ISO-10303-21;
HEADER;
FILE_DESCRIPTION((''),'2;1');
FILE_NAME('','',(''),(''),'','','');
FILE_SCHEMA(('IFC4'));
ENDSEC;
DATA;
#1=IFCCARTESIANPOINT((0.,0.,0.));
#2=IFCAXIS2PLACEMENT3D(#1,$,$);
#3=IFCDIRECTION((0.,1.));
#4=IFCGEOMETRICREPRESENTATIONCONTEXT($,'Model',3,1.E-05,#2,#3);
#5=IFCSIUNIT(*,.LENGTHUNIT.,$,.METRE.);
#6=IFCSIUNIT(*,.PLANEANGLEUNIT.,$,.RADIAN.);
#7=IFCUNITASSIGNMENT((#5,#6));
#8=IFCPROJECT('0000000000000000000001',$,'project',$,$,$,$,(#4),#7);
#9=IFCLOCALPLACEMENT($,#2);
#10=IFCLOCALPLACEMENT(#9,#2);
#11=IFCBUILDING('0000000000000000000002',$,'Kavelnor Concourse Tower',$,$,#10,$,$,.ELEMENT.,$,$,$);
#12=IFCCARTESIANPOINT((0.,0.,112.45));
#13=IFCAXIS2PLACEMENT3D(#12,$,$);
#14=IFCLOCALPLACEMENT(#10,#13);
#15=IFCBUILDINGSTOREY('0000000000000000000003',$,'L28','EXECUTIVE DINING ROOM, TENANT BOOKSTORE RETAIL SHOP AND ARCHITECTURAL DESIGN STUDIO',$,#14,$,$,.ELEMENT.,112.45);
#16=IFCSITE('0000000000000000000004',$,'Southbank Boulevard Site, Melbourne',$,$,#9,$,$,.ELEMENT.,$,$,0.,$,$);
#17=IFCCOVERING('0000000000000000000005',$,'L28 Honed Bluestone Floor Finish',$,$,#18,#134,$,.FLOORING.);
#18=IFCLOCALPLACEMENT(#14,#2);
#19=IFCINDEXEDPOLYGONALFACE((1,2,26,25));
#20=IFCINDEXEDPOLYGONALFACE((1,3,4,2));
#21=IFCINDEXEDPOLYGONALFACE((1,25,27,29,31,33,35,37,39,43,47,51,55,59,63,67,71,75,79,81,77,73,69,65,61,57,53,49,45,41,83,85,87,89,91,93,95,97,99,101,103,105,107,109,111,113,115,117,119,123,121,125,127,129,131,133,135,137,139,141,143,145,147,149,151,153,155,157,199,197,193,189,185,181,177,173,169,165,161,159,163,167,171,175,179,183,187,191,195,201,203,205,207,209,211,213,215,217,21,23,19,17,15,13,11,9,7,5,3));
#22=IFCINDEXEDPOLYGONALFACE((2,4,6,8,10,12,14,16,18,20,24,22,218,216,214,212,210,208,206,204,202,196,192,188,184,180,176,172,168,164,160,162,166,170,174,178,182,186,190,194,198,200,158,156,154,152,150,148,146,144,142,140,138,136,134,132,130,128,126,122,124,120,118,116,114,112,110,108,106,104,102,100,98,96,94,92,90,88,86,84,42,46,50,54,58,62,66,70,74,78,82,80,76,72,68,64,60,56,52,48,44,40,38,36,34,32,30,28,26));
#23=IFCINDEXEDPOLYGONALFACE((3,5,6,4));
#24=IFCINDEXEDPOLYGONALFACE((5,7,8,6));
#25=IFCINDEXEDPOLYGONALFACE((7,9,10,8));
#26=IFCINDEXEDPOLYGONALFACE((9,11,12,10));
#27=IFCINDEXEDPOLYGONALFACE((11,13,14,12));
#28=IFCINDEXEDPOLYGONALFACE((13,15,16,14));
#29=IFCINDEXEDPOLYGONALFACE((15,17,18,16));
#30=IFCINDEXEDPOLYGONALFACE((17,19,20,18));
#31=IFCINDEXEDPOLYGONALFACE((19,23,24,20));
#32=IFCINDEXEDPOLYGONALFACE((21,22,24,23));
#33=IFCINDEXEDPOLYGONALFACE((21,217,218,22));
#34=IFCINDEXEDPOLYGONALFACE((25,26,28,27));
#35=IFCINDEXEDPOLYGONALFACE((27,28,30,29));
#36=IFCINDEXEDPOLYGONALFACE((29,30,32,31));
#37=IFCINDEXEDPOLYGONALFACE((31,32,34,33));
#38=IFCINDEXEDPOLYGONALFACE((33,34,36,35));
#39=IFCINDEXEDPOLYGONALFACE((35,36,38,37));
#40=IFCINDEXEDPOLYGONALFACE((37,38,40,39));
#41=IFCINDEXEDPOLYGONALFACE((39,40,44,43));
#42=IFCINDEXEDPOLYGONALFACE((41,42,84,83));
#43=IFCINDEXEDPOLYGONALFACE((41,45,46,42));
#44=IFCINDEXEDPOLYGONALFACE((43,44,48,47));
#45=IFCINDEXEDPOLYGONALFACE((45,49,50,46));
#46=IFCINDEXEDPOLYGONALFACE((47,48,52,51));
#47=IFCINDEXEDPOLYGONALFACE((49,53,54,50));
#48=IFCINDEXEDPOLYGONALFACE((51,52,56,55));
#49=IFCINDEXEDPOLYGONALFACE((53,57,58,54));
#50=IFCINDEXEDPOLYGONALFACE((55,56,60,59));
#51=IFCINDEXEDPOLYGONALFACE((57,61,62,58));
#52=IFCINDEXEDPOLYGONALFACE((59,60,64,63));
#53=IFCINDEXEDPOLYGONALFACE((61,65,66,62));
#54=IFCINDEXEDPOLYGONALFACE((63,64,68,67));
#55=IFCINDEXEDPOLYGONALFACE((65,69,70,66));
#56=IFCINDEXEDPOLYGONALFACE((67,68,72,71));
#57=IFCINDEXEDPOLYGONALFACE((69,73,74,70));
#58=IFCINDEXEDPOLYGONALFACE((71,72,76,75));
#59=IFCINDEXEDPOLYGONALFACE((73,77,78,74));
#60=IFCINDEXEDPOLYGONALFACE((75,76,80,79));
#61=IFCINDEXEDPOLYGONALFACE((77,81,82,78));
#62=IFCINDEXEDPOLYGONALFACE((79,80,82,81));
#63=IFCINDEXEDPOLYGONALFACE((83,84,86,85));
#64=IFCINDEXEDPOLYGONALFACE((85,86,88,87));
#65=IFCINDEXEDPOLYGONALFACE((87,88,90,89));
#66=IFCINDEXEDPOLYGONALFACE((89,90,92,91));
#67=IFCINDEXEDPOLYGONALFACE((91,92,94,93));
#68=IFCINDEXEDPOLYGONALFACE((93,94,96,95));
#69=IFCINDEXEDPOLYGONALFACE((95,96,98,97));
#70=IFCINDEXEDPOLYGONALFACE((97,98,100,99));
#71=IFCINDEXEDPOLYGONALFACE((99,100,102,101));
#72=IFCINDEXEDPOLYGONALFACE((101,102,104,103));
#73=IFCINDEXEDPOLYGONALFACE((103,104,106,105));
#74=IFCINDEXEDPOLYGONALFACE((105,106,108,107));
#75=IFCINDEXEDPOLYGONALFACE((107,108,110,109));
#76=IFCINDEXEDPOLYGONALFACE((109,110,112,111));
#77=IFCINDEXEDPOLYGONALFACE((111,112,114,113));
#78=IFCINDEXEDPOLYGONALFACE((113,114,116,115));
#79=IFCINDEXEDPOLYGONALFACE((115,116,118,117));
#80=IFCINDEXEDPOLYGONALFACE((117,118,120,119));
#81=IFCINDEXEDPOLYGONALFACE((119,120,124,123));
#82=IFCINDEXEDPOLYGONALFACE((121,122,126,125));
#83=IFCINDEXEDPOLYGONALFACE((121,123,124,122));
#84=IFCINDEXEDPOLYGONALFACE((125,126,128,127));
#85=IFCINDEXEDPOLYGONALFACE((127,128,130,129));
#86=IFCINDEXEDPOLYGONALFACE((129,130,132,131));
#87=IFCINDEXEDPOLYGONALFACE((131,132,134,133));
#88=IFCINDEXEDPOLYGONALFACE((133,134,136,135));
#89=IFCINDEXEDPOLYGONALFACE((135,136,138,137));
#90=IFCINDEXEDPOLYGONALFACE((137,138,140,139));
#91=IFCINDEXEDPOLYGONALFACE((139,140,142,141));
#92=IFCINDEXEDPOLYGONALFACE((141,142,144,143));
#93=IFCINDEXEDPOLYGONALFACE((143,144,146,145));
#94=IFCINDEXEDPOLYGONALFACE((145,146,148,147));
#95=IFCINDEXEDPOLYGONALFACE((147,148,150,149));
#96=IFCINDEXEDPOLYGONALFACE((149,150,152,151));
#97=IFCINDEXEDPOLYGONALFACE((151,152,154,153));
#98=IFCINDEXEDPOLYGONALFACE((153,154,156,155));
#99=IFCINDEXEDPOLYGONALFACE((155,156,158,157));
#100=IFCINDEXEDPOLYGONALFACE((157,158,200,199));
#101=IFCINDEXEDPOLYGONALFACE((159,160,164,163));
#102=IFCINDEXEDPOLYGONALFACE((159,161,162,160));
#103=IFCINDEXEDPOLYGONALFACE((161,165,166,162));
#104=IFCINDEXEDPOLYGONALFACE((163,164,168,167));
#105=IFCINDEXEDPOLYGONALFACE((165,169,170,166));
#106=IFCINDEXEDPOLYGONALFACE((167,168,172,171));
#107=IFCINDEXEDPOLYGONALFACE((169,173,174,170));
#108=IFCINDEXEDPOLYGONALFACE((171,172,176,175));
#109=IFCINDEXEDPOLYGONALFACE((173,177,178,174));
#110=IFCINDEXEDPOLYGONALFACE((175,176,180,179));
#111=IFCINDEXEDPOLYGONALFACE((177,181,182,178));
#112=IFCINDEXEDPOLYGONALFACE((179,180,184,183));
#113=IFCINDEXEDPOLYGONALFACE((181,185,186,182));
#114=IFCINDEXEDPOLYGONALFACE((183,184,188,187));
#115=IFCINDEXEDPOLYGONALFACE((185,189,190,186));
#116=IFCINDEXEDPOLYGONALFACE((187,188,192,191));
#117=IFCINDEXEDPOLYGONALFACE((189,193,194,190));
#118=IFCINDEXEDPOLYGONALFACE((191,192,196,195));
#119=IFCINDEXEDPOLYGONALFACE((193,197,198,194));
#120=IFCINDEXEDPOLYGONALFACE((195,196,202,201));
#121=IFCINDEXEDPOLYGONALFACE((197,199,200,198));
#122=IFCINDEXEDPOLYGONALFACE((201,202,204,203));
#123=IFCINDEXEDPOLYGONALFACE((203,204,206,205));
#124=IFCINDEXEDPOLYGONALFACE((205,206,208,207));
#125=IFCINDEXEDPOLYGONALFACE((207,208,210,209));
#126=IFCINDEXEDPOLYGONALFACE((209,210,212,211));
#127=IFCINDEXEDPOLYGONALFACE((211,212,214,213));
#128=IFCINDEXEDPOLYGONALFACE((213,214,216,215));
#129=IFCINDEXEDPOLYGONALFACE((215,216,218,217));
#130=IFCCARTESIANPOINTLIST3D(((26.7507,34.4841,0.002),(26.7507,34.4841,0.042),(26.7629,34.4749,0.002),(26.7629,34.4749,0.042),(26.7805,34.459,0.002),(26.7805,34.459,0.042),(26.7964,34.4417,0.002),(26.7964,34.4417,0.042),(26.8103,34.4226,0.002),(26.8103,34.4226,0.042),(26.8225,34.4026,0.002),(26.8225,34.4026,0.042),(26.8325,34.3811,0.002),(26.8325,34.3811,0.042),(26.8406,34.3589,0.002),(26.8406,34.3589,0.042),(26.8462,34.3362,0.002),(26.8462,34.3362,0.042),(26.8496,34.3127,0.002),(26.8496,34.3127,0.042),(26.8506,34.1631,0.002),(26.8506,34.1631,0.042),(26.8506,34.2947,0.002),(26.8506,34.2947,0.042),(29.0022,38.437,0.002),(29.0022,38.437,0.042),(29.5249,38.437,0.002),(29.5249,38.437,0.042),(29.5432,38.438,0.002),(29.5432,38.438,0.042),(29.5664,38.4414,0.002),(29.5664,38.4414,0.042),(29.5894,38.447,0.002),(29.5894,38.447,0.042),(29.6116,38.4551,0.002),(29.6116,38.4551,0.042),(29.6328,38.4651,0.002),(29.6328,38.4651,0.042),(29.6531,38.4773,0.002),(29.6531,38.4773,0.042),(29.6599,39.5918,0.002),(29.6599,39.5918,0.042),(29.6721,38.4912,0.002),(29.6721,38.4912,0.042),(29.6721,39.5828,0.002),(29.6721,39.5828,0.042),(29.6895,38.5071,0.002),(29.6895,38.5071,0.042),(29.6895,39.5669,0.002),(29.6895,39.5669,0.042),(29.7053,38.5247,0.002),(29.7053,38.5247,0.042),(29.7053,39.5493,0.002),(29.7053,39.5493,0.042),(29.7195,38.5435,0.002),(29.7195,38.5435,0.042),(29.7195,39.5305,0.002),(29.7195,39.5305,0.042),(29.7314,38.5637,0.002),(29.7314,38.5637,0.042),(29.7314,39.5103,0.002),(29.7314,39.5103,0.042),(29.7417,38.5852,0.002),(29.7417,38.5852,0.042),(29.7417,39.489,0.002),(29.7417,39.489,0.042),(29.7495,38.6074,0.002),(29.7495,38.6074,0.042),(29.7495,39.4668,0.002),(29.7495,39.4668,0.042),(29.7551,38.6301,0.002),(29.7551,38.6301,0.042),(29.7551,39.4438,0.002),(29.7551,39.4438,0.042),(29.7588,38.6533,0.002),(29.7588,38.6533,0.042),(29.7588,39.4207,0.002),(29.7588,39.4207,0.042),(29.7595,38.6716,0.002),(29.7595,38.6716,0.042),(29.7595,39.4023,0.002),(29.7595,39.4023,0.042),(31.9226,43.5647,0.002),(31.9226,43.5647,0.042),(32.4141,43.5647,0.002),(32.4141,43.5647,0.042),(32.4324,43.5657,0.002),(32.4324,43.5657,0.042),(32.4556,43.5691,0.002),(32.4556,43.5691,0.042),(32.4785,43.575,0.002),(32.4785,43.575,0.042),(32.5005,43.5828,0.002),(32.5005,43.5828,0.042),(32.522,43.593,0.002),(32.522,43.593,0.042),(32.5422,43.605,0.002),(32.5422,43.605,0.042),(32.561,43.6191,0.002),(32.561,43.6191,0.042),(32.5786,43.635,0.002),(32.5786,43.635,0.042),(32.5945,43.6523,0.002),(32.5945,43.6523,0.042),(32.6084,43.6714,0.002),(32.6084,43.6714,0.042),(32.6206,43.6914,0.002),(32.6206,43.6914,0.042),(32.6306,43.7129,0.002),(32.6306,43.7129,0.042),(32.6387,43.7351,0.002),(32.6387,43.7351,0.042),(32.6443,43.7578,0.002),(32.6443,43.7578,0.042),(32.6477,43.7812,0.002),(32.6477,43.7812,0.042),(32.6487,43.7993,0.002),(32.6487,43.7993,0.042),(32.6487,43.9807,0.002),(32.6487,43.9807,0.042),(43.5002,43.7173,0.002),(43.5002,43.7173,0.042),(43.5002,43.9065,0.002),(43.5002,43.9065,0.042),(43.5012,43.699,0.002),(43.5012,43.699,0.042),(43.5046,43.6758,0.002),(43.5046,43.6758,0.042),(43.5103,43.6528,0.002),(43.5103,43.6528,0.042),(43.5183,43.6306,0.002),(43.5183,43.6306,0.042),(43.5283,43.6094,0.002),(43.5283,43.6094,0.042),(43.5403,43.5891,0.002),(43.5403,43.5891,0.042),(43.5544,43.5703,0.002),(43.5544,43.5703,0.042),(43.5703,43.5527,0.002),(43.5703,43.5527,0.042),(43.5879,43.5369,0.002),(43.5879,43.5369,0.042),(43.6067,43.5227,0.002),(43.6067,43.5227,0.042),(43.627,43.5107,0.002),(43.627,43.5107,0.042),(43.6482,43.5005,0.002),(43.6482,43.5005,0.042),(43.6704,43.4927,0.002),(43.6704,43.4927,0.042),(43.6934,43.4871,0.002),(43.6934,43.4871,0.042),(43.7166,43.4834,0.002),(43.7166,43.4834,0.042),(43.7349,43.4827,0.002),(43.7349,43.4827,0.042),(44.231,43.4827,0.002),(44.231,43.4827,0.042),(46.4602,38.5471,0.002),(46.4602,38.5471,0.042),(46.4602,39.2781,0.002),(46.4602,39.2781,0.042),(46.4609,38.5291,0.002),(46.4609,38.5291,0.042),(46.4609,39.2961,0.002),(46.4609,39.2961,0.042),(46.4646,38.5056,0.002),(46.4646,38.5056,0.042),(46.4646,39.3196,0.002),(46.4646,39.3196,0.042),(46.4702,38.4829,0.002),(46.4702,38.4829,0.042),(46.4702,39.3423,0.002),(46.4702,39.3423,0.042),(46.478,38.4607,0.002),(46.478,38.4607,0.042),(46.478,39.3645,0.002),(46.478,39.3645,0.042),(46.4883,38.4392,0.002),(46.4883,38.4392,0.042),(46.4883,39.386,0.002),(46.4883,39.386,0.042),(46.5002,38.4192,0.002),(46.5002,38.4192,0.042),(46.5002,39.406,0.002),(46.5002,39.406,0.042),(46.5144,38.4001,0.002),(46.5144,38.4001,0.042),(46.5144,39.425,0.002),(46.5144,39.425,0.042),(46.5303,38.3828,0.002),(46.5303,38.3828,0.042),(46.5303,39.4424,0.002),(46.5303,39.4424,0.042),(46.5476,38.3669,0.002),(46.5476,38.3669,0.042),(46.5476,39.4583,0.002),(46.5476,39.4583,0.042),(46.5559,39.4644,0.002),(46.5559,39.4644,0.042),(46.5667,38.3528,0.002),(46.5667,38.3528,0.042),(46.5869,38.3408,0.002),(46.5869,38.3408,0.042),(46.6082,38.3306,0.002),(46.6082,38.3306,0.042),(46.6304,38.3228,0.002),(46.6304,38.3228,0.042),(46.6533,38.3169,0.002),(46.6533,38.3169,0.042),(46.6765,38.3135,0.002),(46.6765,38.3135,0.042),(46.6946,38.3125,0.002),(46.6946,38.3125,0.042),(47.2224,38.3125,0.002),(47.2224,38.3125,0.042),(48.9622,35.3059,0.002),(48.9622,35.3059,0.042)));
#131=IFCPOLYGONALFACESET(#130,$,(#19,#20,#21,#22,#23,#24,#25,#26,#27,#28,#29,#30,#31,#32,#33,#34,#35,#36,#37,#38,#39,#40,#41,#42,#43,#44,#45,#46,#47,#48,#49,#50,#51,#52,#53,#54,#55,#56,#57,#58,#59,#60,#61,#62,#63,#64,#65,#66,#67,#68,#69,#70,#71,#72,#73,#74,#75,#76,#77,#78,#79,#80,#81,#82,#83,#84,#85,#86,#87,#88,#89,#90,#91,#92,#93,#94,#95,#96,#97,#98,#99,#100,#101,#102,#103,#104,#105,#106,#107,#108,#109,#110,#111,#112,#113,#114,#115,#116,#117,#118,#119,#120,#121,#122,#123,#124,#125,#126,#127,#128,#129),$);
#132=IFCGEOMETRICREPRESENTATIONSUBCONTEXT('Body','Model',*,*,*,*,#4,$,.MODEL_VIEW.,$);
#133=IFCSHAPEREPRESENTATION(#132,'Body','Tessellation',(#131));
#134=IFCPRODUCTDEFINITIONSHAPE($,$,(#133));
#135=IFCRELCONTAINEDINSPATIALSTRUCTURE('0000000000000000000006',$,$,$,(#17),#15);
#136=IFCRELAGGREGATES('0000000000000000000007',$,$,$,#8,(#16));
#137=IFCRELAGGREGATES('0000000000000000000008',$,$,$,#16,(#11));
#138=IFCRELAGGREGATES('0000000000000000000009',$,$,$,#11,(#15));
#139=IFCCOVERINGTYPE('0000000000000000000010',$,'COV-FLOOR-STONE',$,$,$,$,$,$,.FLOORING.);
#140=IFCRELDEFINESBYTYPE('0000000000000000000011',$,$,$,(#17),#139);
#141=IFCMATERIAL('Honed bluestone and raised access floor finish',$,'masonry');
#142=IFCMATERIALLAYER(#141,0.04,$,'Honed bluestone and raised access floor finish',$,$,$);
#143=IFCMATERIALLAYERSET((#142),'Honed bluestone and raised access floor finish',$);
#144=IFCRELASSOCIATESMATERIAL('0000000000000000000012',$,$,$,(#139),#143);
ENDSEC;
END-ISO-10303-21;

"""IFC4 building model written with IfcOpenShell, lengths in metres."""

from ifc_helpers import new_model, si_unit, direction, frame, origin, place, context, subcontext, project, spatial, polyline, outline, extrude, material, layer, layer_set, type_object, element, save


model = new_model("IFC4")

# Units and contexts
model_context = context("Model", 3, precision=1e-05, world=origin(), true_north=direction((0.0, 1.0)))
body_context = subcontext(model_context, "Body", "Model", "MODEL_VIEW")
ifc_project = project(units=[si_unit("LENGTHUNIT", "METRE"), si_unit("PLANEANGLEUNIT", "RADIAN")], contexts=[model_context])

# Site, building, storey
site_placement = place(None, origin())
site = spatial("IfcSite", under=ifc_project, at=site_placement, Name="Southbank Boulevard Site, Melbourne", CompositionType="ELEMENT", RefElevation=0.0)
building_placement = place(site_placement, origin())
building = spatial("IfcBuilding", under=site, at=building_placement, Name="Kavelnor Concourse Tower", CompositionType="ELEMENT")
storey_placement = place(building_placement, frame((0.0, 0.0, 112.45)))
storey = spatial("IfcBuildingStorey", under=building, at=storey_placement, Name="L28", Description="EXECUTIVE DINING ROOM, TENANT BOOKSTORE RETAIL SHOP AND ARCHITECTURAL DESIGN STUDIO", CompositionType="ELEMENT", Elevation=112.45)

# Covering
ifc_material_1 = material(Name="Honed bluestone and raised access floor finish", Category="masonry")
ifc_layer_1 = layer(ifc_material_1, 0.04, Name="Honed bluestone and raised access floor finish")
ifc_layer_set_1 = layer_set([ifc_layer_1], Name="Honed bluestone and raised access floor finish")
covering_type_1 = type_object("IfcCoveringType", Name="COV-FLOOR-STONE", PredefinedType="FLOORING", material=ifc_layer_set_1)
covering_1_placement = place(storey_placement, frame((0.0, 0.0, 0.002)))
element("IfcCovering", 1, at=covering_1_placement, inside=storey, type_object=covering_type_1, Name="L28 Honed Bluestone Floor Finish", PredefinedType="FLOORING", context=body_context, shape_type="SweptSolid", body=[
    extrude(outline(polyline([(29.0022, 38.437), (29.5249, 38.437), (29.5432, 38.438), (29.5664, 38.4414), (29.5894, 38.447), (29.6116, 38.4551), (29.6328, 38.4651), (29.6531, 38.4773), (29.6721, 38.4912), (29.6895, 38.5071), (29.7053, 38.5247), (29.7195, 38.5435), (29.7314, 38.5637), (29.7417, 38.5852), (29.7495, 38.6074), (29.7551, 38.6301), (29.7588, 38.6533), (29.7595, 38.6716), (29.7595, 39.4023), (29.7588, 39.4207), (29.7551, 39.4438), (29.7495, 39.4668), (29.7417, 39.489), (29.7314, 39.5103), (29.7195, 39.5305), (29.7053, 39.5493), (29.6895, 39.5669), (29.6721, 39.5828), (29.6599, 39.5918), (31.9226, 43.5647), (32.4141, 43.5647), (32.4324, 43.5657), (32.4556, 43.5691), (32.4785, 43.575), (32.5005, 43.5828), (32.522, 43.593), (32.5422, 43.605), (32.561, 43.6191), (32.5786, 43.635), (32.5945, 43.6523), (32.6084, 43.6714), (32.6206, 43.6914), (32.6306, 43.7129), (32.6387, 43.7351), (32.6443, 43.7578), (32.6477, 43.7812), (32.6487, 43.7993), (32.6487, 43.9807), (43.5002, 43.9065), (43.5002, 43.7173), (43.5012, 43.699), (43.5046, 43.6758), (43.5103, 43.6528), (43.5183, 43.6306), (43.5283, 43.6094), (43.5403, 43.5891), (43.5544, 43.5703), (43.5703, 43.5527), (43.5879, 43.5369), (43.6067, 43.5227), (43.627, 43.5107), (43.6482, 43.5005), (43.6704, 43.4927), (43.6934, 43.4871), (43.7166, 43.4834), (43.7349, 43.4827), (44.231, 43.4827), (46.5559, 39.4644), (46.5476, 39.4583), (46.5303, 39.4424), (46.5144, 39.425), (46.5002, 39.406), (46.4883, 39.386), (46.478, 39.3645), (46.4702, 39.3423), (46.4646, 39.3196), (46.4609, 39.2961), (46.4602, 39.2781), (46.4602, 38.5471), (46.4609, 38.5291), (46.4646, 38.5056), (46.4702, 38.4829), (46.478, 38.4607), (46.4883, 38.4392), (46.5002, 38.4192), (46.5144, 38.4001), (46.5303, 38.3828), (46.5476, 38.3669), (46.5667, 38.3528), (46.5869, 38.3408), (46.6082, 38.3306), (46.6304, 38.3228), (46.6533, 38.3169), (46.6765, 38.3135), (46.6946, 38.3125), (47.2224, 38.3125), (48.9622, 35.3059), (26.8506, 34.1631), (26.8506, 34.2947), (26.8496, 34.3127), (26.8462, 34.3362), (26.8406, 34.3589), (26.8325, 34.3811), (26.8225, 34.4026), (26.8103, 34.4226), (26.7964, 34.4417), (26.7805, 34.459), (26.7629, 34.4749), (26.7507, 34.4841), (29.0022, 38.437)])), origin(), (0.0, 0.0, 1.0), 0.04),
])

save(model, "model.ifc")
